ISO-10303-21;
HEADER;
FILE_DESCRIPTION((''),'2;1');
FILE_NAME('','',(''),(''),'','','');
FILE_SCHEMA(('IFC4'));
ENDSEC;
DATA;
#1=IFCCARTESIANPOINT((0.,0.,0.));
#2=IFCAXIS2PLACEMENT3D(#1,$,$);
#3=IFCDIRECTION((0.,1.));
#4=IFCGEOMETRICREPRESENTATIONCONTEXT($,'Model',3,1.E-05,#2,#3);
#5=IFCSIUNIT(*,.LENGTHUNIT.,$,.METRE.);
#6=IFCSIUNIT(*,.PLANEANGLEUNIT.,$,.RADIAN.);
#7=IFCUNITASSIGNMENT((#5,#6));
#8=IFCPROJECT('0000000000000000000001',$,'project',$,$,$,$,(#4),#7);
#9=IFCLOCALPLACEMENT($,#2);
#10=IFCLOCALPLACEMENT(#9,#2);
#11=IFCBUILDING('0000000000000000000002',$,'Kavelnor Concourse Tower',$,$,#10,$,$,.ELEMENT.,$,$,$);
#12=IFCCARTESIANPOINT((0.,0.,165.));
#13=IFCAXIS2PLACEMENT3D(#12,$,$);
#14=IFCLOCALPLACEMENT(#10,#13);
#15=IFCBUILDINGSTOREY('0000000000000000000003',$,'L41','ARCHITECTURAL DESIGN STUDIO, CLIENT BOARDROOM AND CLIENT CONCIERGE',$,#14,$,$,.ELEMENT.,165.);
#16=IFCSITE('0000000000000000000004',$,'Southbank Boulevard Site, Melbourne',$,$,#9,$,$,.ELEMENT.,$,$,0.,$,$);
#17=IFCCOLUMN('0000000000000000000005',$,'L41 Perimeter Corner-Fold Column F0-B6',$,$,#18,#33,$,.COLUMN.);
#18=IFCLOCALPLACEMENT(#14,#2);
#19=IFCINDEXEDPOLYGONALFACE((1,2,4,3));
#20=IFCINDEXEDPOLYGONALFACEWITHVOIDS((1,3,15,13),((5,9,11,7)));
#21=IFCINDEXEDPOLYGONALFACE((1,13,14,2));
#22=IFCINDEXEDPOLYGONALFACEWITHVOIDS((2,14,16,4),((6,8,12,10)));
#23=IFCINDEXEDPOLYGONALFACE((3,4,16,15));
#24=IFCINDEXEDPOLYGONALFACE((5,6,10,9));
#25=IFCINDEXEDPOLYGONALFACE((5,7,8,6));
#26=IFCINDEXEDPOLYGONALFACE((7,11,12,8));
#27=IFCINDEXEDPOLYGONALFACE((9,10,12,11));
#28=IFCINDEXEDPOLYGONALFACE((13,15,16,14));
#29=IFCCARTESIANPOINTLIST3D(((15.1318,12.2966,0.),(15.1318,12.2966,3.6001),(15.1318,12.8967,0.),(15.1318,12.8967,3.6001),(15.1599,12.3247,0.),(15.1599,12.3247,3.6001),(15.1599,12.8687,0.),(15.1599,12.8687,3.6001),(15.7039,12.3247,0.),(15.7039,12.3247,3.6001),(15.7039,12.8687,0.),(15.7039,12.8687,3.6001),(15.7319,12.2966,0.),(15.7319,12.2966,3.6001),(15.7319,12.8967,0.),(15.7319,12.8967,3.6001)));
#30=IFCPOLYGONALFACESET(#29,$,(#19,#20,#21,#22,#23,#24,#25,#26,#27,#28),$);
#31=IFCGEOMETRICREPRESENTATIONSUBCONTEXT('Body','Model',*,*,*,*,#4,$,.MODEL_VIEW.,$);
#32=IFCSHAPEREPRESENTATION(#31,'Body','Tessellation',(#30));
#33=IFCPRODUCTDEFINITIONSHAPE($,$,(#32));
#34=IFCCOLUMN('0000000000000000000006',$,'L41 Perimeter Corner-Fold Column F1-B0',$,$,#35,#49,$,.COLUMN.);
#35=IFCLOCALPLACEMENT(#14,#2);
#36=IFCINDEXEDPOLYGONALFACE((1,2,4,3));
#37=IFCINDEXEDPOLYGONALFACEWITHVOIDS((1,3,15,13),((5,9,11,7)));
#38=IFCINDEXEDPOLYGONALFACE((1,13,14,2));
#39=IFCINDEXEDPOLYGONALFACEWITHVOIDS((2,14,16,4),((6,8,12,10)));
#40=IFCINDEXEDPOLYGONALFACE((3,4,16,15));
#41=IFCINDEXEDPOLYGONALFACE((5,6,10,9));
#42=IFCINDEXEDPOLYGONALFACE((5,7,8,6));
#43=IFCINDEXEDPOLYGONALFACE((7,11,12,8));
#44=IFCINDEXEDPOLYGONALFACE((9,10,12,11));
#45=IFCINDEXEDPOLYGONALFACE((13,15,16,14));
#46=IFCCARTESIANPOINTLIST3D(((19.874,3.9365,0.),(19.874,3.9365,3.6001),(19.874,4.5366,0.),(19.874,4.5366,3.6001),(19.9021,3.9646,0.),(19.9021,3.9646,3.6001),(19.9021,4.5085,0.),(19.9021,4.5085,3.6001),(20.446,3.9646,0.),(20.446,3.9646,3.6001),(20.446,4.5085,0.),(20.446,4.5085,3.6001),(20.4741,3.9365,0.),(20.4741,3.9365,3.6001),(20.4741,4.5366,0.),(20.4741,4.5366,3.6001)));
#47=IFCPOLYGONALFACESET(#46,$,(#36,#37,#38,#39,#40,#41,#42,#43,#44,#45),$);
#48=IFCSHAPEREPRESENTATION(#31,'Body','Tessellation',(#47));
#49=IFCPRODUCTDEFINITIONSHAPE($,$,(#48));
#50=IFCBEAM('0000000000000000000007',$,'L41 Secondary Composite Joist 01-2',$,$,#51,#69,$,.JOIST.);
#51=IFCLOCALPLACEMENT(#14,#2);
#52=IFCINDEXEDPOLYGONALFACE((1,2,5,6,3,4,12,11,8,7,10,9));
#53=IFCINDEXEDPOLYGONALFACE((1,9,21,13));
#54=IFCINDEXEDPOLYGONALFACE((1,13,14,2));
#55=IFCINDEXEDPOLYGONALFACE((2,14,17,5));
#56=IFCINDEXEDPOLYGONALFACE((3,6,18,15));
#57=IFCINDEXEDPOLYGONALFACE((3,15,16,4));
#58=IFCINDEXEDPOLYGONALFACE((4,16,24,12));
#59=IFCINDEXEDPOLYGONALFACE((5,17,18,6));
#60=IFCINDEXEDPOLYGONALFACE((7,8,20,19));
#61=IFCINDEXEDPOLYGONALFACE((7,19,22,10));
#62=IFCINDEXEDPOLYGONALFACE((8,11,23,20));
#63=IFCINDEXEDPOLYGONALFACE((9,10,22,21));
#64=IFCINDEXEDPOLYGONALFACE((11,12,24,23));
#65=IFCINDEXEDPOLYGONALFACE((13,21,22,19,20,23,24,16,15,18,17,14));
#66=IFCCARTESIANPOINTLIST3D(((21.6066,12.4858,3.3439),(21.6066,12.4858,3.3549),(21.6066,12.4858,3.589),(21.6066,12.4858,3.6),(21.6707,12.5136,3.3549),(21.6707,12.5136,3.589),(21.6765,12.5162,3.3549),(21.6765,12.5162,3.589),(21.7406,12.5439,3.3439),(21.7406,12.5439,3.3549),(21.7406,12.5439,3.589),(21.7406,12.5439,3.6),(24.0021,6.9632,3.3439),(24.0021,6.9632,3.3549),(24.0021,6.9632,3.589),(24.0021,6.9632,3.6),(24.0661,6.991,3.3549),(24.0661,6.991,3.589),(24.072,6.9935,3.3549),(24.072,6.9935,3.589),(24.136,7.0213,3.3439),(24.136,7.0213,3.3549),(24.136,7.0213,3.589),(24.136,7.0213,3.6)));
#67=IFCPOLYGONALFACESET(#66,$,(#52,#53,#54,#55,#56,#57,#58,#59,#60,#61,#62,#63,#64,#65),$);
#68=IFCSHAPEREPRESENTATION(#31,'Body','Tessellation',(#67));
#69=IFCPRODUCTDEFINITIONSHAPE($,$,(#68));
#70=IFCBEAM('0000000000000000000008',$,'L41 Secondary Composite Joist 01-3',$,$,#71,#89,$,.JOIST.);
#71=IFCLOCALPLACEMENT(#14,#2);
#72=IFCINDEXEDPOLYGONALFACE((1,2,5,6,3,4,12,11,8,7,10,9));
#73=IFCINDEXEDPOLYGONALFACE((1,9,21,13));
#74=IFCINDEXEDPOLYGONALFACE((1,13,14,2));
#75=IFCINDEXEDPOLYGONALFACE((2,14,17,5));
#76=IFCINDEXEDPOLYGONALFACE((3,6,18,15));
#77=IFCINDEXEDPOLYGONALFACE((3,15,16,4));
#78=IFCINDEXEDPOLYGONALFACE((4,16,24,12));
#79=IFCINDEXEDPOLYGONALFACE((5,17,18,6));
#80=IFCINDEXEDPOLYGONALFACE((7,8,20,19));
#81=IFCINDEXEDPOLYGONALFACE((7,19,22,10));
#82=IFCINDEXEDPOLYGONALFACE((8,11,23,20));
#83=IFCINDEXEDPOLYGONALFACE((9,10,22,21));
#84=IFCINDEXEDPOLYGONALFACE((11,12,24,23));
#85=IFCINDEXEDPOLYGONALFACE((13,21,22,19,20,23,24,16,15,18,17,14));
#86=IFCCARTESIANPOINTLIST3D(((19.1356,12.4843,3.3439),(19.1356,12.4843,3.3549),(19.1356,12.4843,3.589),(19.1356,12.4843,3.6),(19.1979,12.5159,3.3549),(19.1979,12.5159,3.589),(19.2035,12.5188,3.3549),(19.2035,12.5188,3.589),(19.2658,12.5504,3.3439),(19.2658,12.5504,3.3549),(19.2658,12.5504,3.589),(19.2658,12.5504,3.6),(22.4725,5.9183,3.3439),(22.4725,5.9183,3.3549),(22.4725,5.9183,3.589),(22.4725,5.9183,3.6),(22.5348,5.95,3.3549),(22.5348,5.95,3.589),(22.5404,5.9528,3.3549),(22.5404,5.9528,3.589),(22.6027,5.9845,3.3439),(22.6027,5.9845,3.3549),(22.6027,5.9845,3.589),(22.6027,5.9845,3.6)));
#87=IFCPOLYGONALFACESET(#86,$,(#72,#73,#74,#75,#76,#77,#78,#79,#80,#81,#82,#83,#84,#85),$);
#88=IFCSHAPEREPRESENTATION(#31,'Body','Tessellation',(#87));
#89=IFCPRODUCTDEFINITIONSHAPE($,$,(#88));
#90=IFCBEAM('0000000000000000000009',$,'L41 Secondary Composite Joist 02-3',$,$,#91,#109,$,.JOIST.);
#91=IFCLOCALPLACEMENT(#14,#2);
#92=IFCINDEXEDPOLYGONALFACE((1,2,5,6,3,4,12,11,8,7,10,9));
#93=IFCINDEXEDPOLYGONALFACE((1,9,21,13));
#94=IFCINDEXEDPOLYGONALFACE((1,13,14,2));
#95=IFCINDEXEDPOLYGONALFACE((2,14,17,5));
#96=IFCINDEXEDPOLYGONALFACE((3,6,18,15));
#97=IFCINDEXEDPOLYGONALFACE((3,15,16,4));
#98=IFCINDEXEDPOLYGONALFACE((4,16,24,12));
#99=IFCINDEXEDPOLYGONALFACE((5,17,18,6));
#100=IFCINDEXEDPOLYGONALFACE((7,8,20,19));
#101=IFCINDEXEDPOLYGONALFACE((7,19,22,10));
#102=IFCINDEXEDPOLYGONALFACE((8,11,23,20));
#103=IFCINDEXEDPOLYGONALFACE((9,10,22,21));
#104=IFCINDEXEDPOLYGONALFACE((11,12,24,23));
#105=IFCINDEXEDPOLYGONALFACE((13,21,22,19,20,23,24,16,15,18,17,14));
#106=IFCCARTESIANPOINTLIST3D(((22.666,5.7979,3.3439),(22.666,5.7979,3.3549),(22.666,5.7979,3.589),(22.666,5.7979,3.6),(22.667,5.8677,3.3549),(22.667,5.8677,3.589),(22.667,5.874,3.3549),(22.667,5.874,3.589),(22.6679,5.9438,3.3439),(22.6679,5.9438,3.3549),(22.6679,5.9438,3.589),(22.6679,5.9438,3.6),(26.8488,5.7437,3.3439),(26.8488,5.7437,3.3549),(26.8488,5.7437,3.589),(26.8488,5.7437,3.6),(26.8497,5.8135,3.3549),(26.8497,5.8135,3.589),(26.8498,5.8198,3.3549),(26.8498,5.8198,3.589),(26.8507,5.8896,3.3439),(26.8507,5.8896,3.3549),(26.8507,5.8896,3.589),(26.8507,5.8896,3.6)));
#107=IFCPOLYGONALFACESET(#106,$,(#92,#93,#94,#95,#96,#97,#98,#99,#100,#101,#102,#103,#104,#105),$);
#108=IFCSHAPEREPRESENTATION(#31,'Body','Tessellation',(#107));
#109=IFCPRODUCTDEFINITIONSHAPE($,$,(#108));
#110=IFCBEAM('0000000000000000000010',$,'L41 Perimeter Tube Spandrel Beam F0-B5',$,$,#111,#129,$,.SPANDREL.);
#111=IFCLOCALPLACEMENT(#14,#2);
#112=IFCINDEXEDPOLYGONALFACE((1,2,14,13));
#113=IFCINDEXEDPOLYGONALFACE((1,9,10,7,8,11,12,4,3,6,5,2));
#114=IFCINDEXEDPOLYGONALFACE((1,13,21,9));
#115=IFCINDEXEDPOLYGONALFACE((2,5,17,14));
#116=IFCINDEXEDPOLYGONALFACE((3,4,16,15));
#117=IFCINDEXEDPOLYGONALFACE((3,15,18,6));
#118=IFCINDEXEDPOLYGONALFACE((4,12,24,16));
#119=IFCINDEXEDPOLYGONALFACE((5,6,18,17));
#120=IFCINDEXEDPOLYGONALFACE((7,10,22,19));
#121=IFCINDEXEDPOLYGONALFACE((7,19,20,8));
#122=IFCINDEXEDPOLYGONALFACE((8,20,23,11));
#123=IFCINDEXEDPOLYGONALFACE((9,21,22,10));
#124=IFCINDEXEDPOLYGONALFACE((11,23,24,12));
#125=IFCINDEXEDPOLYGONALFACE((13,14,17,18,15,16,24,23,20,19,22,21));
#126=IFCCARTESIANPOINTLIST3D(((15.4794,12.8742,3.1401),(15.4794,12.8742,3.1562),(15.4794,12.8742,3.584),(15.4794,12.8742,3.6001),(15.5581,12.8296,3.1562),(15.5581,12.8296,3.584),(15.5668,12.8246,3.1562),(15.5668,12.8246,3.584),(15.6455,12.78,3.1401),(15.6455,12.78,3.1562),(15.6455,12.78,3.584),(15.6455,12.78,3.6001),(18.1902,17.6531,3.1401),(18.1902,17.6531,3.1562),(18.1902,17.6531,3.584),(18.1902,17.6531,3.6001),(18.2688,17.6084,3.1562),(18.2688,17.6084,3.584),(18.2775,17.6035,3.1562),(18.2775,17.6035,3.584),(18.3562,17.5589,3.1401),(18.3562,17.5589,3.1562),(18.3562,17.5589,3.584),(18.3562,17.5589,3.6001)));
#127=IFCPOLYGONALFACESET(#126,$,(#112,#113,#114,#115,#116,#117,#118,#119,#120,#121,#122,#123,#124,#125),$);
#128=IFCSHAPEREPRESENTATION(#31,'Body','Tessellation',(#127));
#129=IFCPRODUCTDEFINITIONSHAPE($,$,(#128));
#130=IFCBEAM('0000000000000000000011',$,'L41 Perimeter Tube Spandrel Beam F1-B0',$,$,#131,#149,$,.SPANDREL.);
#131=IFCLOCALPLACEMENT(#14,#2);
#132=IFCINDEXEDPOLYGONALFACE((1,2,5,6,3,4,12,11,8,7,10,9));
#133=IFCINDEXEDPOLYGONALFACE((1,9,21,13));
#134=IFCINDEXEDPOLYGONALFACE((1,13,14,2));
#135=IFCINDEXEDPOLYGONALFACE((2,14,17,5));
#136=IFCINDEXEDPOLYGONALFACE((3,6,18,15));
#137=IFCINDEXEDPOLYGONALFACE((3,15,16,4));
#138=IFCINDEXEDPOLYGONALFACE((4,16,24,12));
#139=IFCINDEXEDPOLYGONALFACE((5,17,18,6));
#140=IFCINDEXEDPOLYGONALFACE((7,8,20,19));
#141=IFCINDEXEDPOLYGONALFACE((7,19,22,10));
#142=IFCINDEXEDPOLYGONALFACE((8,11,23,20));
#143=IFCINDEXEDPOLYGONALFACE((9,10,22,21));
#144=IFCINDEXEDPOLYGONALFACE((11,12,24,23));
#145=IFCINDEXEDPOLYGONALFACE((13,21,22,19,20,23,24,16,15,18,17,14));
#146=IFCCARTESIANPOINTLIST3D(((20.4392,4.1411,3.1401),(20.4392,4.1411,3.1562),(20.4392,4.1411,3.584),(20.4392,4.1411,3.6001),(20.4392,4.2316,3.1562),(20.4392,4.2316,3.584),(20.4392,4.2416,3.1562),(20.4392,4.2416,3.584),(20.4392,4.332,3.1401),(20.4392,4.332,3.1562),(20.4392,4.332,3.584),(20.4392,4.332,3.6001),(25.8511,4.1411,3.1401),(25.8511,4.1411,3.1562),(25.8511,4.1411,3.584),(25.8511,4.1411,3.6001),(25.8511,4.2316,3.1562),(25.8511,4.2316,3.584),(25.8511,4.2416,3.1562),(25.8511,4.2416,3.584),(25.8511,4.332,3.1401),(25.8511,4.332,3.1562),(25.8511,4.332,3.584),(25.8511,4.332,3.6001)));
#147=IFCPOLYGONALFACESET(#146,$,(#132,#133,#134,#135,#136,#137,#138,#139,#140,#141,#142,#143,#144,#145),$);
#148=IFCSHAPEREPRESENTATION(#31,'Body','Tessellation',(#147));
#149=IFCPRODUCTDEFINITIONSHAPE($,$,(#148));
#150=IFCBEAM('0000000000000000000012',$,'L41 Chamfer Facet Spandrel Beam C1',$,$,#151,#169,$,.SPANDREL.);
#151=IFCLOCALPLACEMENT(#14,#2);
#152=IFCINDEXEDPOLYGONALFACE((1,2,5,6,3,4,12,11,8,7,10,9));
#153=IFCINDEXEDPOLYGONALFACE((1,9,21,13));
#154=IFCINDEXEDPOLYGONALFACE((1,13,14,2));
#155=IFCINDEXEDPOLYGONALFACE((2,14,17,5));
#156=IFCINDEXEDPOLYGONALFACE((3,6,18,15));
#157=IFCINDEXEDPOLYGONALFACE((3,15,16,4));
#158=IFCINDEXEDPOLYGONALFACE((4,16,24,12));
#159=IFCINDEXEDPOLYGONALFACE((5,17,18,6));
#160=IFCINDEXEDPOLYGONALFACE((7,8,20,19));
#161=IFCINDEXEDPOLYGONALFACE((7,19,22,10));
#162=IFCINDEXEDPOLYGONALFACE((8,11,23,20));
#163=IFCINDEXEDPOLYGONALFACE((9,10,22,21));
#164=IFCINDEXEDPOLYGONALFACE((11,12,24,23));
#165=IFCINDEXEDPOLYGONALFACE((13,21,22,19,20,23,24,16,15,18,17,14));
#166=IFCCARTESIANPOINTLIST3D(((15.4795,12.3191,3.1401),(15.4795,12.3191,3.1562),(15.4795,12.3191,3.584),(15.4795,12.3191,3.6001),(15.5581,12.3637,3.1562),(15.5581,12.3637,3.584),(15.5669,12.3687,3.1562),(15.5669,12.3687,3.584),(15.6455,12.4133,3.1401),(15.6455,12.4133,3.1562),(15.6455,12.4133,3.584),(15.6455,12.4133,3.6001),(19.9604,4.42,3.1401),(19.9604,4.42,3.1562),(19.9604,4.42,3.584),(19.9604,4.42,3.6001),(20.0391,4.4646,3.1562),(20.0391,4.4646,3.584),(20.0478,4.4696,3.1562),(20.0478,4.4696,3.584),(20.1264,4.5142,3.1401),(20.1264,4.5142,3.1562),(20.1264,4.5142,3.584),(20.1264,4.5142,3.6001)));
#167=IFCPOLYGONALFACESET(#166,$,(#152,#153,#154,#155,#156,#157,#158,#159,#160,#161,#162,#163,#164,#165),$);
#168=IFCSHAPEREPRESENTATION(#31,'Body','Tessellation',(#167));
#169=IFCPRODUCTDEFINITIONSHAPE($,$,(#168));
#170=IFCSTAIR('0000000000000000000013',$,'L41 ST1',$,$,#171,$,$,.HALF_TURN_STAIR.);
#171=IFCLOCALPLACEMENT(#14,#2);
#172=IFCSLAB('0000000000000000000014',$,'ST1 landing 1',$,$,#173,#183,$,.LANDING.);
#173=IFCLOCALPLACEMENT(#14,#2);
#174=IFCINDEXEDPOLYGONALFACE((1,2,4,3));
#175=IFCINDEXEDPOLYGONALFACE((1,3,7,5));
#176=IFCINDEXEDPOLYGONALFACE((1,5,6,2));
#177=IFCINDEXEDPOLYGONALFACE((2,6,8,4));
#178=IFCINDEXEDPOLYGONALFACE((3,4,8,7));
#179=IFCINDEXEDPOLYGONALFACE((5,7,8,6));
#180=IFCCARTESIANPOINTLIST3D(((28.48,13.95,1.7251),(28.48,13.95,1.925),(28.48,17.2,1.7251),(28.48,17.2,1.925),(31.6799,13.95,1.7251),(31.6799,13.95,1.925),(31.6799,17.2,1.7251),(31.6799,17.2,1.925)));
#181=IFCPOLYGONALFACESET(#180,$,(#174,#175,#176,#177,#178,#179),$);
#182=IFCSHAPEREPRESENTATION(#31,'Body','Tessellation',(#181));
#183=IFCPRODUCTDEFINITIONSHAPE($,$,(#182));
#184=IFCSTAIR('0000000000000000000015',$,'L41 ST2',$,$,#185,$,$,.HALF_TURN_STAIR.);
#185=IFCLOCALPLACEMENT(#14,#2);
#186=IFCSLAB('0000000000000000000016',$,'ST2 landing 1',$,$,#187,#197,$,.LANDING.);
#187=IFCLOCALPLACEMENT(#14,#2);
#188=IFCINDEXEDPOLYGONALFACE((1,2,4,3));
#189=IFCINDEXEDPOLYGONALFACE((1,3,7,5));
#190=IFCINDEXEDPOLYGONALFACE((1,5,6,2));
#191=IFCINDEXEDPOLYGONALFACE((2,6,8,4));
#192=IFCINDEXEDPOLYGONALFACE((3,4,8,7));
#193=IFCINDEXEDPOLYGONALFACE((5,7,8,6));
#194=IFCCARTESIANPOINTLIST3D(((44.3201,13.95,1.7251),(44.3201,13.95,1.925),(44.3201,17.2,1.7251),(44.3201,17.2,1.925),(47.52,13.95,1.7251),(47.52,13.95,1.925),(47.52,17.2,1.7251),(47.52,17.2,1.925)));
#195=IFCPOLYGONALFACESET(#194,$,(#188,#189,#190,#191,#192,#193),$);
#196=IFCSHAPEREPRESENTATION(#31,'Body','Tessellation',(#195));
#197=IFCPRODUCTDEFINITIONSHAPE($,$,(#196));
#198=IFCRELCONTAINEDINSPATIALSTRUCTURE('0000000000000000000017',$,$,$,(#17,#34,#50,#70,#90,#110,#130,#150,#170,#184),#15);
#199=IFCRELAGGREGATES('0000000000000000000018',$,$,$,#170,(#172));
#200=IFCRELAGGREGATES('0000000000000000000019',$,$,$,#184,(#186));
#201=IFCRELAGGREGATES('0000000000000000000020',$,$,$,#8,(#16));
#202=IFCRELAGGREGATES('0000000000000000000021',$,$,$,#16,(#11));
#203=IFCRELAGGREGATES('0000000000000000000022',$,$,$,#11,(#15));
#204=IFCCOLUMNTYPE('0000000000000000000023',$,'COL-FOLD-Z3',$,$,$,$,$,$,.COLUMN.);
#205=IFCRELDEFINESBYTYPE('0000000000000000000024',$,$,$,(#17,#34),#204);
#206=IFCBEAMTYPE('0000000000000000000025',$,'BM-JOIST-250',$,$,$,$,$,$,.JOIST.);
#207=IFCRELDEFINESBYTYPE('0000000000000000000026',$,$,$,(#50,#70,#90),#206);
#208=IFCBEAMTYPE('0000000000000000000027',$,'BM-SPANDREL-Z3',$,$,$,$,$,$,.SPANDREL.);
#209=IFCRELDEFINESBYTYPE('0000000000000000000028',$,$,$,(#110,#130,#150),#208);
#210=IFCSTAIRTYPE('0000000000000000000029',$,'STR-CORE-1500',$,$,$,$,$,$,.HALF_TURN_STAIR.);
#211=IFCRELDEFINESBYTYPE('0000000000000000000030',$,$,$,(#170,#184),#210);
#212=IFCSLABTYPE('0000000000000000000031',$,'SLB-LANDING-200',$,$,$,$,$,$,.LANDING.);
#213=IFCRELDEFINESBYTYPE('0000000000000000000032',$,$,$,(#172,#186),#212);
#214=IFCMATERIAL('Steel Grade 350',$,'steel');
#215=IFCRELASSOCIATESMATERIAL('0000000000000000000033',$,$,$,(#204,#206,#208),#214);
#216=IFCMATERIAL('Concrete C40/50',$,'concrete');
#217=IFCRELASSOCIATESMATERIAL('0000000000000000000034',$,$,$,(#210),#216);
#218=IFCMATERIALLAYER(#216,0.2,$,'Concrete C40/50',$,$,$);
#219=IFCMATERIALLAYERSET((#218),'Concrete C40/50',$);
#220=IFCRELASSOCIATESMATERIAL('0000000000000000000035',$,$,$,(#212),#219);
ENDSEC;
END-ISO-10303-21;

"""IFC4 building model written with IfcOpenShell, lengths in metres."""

from ifc_helpers import new_model, si_unit, direction, frame, origin, origin_2d, place, context, subcontext, project, spatial, polyline, hollow_rectangle, i_section, outline, extrude, material, layer, layer_set, material_profile, profile_set, type_object, element, aggregate, save


model = new_model("IFC4")

# Units and contexts
model_context = context("Model", 3, precision=1e-05, world=origin(), true_north=direction((0.0, 1.0)))
body_context = subcontext(model_context, "Body", "Model", "MODEL_VIEW")
ifc_project = project(units=[si_unit("LENGTHUNIT", "METRE"), si_unit("PLANEANGLEUNIT", "RADIAN")], contexts=[model_context])

# Site, building, storey
site_placement = place(None, origin())
site = spatial("IfcSite", under=ifc_project, at=site_placement, Name="Southbank Boulevard Site, Melbourne", CompositionType="ELEMENT", RefElevation=0.0)
building_placement = place(site_placement, origin())
building = spatial("IfcBuilding", under=site, at=building_placement, Name="Kavelnor Concourse Tower", CompositionType="ELEMENT")
storey_placement = place(building_placement, frame((0.0, 0.0, 165.0)))
storey = spatial("IfcBuildingStorey", under=building, at=storey_placement, Name="L41", Description="ARCHITECTURAL DESIGN STUDIO, CLIENT BOARDROOM AND CLIENT CONCIERGE", CompositionType="ELEMENT", Elevation=165.0)

# Columns
ifc_material_1 = material(Name="Steel Grade 350", Category="steel")
ifc_material_profile_1 = material_profile(ifc_material_1, hollow_rectangle(XDim=0.6001, YDim=0.6001, WallThickness=0.0281, at=origin_2d()), Name="SHS 600x600x28")
ifc_profile_set_1 = profile_set([ifc_material_profile_1], Name="Steel Grade 350")
column_type = type_object("IfcColumnType", Name="COL-FOLD-Z3", PredefinedType="COLUMN", material=ifc_profile_set_1)
for number, where, z_axis, x_axis, name in (
    (1, (15.4319, 12.5967, 0.0), (0.0, 0.0, 1.0), (1.0, 0.0, 0.0), "L41 Perimeter Corner-Fold Column F0-B6"),
    (2, (20.1741, 4.2366, 0.0), (0.0, 0.0, 1.0), (1.0, 0.0, 0.0), "L41 Perimeter Corner-Fold Column F1-B0"),
):
    element("IfcColumn", number, at=place(storey_placement, frame(where, z_axis=z_axis, x_axis=x_axis)), inside=storey, type_object=column_type, Name=name, PredefinedType="COLUMN", context=body_context, shape_type="SweptSolid", body=[
        extrude(hollow_rectangle(XDim=0.6001, YDim=0.6001, WallThickness=0.0281, at=origin_2d()), origin(), (0.0, 0.0, 1.0), 3.6001),
    ])

# Beams
ifc_material_profile_2 = material_profile(ifc_material_1, i_section(OverallWidth=0.146, OverallDepth=0.2561, WebThickness=0.0063, FlangeThickness=0.011, at=origin_2d()), Name="250UB37")
ifc_profile_set_2 = profile_set([ifc_material_profile_2], Name="Steel Grade 350")
beam_type_1 = type_object("IfcBeamType", Name="BM-JOIST-250", PredefinedType="JOIST", material=ifc_profile_set_2)
beam_1_placement = place(storey_placement, frame((21.6736, 12.5149, 3.4719), z_axis=(0.397934, -0.917414, 0.0), x_axis=(0.917414, 0.397934, 0.0)))
element("IfcBeam", 3, at=beam_1_placement, inside=storey, type_object=beam_type_1, Name="L41 Secondary Composite Joist 01-2", PredefinedType="JOIST", context=body_context, shape_type="SweptSolid", body=[
    extrude(i_section(OverallWidth=0.146, OverallDepth=0.2561, WebThickness=0.0063, FlangeThickness=0.011, at=origin_2d()), origin(), (0.0, 0.0, 1.0), 6.0198),
])
beam_2_placement = place(storey_placement, frame((19.2007, 12.5173, 3.4719), z_axis=(0.453065, -0.891478, 0.0), x_axis=(0.891478, 0.453065, 0.0)))
element("IfcBeam", 4, at=beam_2_placement, inside=storey, type_object=beam_type_1, Name="L41 Secondary Composite Joist 01-3", PredefinedType="JOIST", context=body_context, shape_type="SweptSolid", body=[
    extrude(i_section(OverallWidth=0.146, OverallDepth=0.2561, WebThickness=0.0063, FlangeThickness=0.011, at=origin_2d()), origin(), (0.0, 0.0, 1.0), 7.3652),
])
beam_3_placement = place(storey_placement, frame((22.667, 5.8708, 3.4719), z_axis=(0.999916, -0.012956, 0.0), x_axis=(0.012956, 0.999916, 0.0)))
element("IfcBeam", 5, at=beam_3_placement, inside=storey, type_object=beam_type_1, Name="L41 Secondary Composite Joist 02-3", PredefinedType="JOIST", context=body_context, shape_type="SweptSolid", body=[
    extrude(i_section(OverallWidth=0.146, OverallDepth=0.2561, WebThickness=0.0063, FlangeThickness=0.011, at=origin_2d()), origin(), (0.0, 0.0, 1.0), 4.1831),
])
ifc_material_profile_3 = material_profile(ifc_material_1, i_section(OverallWidth=0.1909, OverallDepth=0.46, WebThickness=0.01, FlangeThickness=0.0161, at=origin_2d()), Name="460UB82")
ifc_profile_set_3 = profile_set([ifc_material_profile_3], Name="Steel Grade 350")
beam_type_2 = type_object("IfcBeamType", Name="BM-SPANDREL-Z3", PredefinedType="SPANDREL", material=ifc_profile_set_3)
beam_4_placement = place(storey_placement, frame((18.2732, 17.606, 3.3701), z_axis=(-0.493385, -0.869811, 0.0), x_axis=(0.869811, -0.493385, 0.0)))
element("IfcBeam", 6, at=beam_4_placement, inside=storey, type_object=beam_type_2, Name="L41 Perimeter Tube Spandrel Beam F0-B5", PredefinedType="SPANDREL", context=body_context, shape_type="SweptSolid", body=[
    extrude(i_section(OverallWidth=0.1909, OverallDepth=0.46, WebThickness=0.01, FlangeThickness=0.0161, at=origin_2d()), origin(), (0.0, 0.0, 1.0), 5.4941),
])
beam_5_placement = place(storey_placement, frame((20.4392, 4.2366, 3.3701), z_axis=(1.0, 0.0, 0.0), x_axis=(0.0, 1.0, 0.0)))
element("IfcBeam", 7, at=beam_5_placement, inside=storey, type_object=beam_type_2, Name="L41 Perimeter Tube Spandrel Beam F1-B0", PredefinedType="SPANDREL", context=body_context, shape_type="SweptSolid", body=[
    extrude(i_section(OverallWidth=0.1909, OverallDepth=0.46, WebThickness=0.01, FlangeThickness=0.0161, at=origin_2d()), origin(), (0.0, 0.0, 1.0), 5.4119),
])
beam_6_placement = place(storey_placement, frame((15.5625, 12.3662, 3.3701), z_axis=(0.493409, -0.869797, 0.0), x_axis=(0.869797, 0.493409, 0.0)))
element("IfcBeam", 8, at=beam_6_placement, inside=storey, type_object=beam_type_2, Name="L41 Chamfer Facet Spandrel Beam C1", PredefinedType="SPANDREL", context=body_context, shape_type="SweptSolid", body=[
    extrude(i_section(OverallWidth=0.1909, OverallDepth=0.46, WebThickness=0.01, FlangeThickness=0.0161, at=origin_2d()), origin(), (0.0, 0.0, 1.0), 9.0815),
])

# Stairs, slabs
ifc_material_2 = material(Name="Concrete C40/50", Category="concrete")
stair_type = type_object("IfcStairType", Name="STR-CORE-1500", PredefinedType="HALF_TURN_STAIR", material=ifc_material_2)
stair_1_placement = place(storey_placement, origin())
stair_1 = element("IfcStair", 9, at=stair_1_placement, inside=storey, type_object=stair_type, Name="L41 ST1", PredefinedType="HALF_TURN_STAIR")
ifc_layer_1 = layer(ifc_material_2, 0.2, Name="Concrete C40/50")
ifc_layer_set_1 = layer_set([ifc_layer_1], Name="Concrete C40/50")
slab_type_1 = type_object("IfcSlabType", Name="SLB-LANDING-200", PredefinedType="LANDING", material=ifc_layer_set_1)
slab_1_placement = place(storey_placement, frame((0.0, 0.0, 1.7251)))
slab_1 = element("IfcSlab", 10, at=slab_1_placement, type_object=slab_type_1, Name="ST1 landing 1", PredefinedType="LANDING", context=body_context, shape_type="SweptSolid", body=[
    extrude(outline(polyline([(31.6799, 13.95), (31.6799, 17.2), (28.48, 17.2), (28.48, 13.95), (31.6799, 13.95)])), origin(), (0.0, 0.0, 1.0), 0.2),
])
aggregate(stair_1, [slab_1])
stair_2_placement = place(storey_placement, origin())
stair_2 = element("IfcStair", 11, at=stair_2_placement, inside=storey, type_object=stair_type, Name="L41 ST2", PredefinedType="HALF_TURN_STAIR")
slab_2_placement = place(storey_placement, frame((0.0, 0.0, 1.7251)))
slab_2 = element("IfcSlab", 12, at=slab_2_placement, type_object=slab_type_1, Name="ST2 landing 1", PredefinedType="LANDING", context=body_context, shape_type="SweptSolid", body=[
    extrude(outline(polyline([(47.52, 13.95), (47.52, 17.2), (44.3201, 17.2), (44.3201, 13.95), (47.52, 13.95)])), origin(), (0.0, 0.0, 1.0), 0.2),
])
aggregate(stair_2, [slab_2])

save(model, "model.ifc")
